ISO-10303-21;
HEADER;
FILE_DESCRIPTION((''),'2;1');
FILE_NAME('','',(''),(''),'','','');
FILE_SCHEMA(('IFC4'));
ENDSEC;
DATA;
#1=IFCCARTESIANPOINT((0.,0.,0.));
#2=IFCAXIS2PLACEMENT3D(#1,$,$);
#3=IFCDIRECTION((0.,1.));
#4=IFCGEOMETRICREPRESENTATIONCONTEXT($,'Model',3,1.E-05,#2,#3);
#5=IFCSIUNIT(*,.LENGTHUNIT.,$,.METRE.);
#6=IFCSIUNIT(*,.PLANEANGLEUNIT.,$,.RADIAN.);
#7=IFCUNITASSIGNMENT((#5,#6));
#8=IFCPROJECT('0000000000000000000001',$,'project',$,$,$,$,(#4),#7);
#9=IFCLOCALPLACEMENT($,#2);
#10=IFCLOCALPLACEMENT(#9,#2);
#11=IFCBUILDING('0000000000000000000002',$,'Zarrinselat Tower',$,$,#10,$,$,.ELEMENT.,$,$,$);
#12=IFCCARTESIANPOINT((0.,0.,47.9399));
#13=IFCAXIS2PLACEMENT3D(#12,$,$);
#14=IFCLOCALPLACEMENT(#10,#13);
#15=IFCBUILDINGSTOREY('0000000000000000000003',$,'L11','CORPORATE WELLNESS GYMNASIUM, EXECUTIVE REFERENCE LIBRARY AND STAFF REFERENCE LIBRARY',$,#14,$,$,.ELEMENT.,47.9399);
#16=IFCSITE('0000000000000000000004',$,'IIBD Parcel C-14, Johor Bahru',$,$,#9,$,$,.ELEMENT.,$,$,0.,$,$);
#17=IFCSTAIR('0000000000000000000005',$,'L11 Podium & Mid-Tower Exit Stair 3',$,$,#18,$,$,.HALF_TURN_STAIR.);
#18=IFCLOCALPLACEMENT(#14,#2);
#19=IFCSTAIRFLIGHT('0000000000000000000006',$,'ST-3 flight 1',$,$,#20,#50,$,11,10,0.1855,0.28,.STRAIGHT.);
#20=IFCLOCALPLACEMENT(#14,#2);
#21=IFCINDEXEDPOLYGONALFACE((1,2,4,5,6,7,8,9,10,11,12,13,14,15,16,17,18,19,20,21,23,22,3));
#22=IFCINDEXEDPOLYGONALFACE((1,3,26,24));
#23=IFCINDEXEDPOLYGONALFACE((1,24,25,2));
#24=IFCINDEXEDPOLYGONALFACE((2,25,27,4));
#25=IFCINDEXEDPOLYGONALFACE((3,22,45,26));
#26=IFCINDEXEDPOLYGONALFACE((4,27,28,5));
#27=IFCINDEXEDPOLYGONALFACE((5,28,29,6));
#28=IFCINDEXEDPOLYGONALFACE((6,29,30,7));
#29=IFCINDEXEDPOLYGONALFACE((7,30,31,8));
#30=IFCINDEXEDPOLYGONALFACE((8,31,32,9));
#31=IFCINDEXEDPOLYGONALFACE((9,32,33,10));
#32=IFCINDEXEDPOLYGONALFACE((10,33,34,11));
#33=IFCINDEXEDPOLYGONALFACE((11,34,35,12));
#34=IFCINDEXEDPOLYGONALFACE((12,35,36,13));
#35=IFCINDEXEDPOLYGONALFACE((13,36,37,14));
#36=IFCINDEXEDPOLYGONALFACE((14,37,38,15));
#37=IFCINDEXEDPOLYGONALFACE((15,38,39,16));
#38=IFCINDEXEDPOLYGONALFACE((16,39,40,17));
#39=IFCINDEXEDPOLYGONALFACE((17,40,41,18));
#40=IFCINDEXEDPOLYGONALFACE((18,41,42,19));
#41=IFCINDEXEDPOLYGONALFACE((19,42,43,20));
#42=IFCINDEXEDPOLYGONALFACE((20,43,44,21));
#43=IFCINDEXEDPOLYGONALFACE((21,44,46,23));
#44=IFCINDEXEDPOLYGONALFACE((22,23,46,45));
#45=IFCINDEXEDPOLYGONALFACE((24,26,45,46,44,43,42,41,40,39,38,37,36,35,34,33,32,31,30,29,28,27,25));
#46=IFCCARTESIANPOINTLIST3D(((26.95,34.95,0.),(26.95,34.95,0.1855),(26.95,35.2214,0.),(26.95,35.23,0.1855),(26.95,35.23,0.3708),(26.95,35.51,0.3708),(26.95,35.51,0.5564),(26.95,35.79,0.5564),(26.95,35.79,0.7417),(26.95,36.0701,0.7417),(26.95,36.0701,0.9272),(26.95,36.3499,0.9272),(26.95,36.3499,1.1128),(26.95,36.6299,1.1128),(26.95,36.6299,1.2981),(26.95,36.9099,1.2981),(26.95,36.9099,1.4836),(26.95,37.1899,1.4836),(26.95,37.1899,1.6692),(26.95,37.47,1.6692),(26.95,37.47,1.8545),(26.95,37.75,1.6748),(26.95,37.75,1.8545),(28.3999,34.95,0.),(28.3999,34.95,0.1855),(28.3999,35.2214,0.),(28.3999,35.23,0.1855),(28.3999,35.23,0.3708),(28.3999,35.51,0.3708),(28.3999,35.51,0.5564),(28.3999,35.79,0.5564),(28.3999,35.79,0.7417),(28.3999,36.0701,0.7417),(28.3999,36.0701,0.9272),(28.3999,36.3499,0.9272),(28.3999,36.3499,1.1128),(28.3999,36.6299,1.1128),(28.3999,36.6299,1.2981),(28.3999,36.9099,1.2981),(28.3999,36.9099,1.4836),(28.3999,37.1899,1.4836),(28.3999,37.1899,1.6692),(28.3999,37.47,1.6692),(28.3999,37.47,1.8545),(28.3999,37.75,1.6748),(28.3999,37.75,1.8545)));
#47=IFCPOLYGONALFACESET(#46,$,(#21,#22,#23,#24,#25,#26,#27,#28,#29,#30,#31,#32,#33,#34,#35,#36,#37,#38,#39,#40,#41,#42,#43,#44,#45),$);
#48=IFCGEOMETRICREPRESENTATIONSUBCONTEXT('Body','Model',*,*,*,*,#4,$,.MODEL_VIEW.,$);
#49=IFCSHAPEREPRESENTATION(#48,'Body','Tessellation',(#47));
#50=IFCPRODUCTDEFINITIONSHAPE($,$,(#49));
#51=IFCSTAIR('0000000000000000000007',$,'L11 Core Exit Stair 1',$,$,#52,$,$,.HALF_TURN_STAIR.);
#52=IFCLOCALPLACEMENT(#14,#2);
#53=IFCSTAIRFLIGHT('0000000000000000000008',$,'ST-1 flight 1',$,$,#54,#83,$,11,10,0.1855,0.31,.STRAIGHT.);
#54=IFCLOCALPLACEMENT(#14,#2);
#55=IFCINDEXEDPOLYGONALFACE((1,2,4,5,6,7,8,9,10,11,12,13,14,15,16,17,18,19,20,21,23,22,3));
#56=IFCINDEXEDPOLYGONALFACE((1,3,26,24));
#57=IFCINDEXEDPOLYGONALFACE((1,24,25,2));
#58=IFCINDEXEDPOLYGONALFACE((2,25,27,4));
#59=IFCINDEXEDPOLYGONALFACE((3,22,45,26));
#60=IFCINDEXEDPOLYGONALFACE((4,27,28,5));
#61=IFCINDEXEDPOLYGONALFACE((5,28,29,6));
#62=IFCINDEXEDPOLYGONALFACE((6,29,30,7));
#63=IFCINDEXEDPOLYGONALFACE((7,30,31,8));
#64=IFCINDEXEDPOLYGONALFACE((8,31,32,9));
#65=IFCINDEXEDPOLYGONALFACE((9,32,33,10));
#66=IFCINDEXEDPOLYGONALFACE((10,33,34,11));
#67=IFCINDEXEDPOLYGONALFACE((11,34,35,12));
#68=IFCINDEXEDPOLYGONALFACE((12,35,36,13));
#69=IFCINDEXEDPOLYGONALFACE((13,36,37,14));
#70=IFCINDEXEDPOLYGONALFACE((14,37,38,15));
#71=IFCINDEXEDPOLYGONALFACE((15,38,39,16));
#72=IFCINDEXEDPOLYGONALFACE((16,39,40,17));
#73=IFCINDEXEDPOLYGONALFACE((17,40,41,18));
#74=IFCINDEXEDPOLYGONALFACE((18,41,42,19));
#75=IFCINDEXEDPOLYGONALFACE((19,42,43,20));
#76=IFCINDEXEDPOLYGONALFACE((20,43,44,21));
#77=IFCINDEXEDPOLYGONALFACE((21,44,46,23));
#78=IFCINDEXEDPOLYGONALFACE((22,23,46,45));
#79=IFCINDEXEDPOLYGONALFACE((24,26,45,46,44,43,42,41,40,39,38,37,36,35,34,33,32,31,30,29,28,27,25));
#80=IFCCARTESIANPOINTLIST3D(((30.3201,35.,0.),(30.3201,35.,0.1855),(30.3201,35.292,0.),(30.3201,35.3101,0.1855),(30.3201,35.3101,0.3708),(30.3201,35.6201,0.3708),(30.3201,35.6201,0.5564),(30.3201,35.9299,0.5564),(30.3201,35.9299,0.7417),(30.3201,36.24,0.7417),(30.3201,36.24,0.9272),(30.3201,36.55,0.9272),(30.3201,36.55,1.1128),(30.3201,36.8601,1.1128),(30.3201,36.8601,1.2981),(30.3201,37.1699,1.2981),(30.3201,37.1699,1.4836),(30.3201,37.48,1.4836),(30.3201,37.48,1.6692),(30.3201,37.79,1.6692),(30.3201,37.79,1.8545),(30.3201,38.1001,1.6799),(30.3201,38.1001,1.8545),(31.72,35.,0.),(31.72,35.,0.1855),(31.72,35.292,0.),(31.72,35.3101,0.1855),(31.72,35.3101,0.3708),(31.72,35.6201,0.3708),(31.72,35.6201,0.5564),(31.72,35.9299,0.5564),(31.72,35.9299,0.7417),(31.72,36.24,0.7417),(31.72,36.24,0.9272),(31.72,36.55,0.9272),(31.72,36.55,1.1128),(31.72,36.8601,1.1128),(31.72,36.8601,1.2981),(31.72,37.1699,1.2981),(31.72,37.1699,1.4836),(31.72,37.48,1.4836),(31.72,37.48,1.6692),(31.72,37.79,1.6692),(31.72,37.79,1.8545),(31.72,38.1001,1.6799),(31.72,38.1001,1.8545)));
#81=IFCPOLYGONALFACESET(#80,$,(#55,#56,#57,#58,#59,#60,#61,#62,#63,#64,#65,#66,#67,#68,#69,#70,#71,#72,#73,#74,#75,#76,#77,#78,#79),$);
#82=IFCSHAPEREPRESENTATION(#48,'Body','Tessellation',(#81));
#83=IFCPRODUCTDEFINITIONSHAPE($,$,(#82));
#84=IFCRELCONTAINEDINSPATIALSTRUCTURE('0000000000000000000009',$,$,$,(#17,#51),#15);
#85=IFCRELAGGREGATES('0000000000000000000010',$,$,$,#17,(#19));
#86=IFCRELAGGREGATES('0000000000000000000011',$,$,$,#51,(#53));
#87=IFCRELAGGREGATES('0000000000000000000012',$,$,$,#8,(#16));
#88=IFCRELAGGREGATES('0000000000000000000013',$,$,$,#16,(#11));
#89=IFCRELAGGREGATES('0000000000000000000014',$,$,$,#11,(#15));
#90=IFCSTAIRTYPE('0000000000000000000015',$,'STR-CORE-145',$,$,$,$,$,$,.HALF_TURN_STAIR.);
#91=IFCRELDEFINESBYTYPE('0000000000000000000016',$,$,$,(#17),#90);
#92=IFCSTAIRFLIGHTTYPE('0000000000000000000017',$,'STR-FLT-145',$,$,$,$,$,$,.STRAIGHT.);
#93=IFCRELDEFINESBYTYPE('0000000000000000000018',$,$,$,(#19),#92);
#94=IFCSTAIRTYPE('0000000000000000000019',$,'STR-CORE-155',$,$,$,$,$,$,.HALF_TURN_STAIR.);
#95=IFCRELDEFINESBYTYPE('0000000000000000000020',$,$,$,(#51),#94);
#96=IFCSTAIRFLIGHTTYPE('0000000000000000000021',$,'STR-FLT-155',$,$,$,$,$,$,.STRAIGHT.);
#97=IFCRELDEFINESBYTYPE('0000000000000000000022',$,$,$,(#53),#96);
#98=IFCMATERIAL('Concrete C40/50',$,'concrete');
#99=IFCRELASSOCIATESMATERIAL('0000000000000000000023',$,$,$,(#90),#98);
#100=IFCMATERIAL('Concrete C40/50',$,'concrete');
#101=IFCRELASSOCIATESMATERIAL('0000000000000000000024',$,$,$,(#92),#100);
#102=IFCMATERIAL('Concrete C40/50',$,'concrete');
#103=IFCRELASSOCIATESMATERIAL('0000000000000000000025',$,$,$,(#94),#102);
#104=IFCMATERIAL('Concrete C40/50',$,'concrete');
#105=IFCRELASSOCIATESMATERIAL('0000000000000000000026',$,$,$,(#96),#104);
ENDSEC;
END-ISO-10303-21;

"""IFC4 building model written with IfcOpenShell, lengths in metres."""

from ifc_helpers import new_model, si_unit, direction, frame, origin, place, context, subcontext, project, spatial, polyline, outline, extrude, material, type_object, element, aggregate, save


model = new_model("IFC4")

# Units and contexts
model_context = context("Model", 3, precision=1e-05, world=origin(), true_north=direction((0.0, 1.0)))
body_context = subcontext(model_context, "Body", "Model", "MODEL_VIEW")
ifc_project = project(units=[si_unit("LENGTHUNIT", "METRE"), si_unit("PLANEANGLEUNIT", "RADIAN")], contexts=[model_context])

# Site, building, storey
site_placement = place(None, origin())
site = spatial("IfcSite", under=ifc_project, at=site_placement, Name="IIBD Parcel C-14, Johor Bahru", CompositionType="ELEMENT", RefElevation=0.0)
building_placement = place(site_placement, origin())
building = spatial("IfcBuilding", under=site, at=building_placement, Name="Zarrinselat Tower", CompositionType="ELEMENT")
storey_placement = place(building_placement, frame((0.0, 0.0, 47.9399)))
storey = spatial("IfcBuildingStorey", under=building, at=storey_placement, Name="L11", Description="CORPORATE WELLNESS GYMNASIUM, EXECUTIVE REFERENCE LIBRARY AND STAFF REFERENCE LIBRARY", CompositionType="ELEMENT", Elevation=47.9399)

# Stairs, stair flights
ifc_material_1 = material(Name="Concrete C40/50", Category="concrete")
stair_type_1 = type_object("IfcStairType", Name="STR-CORE-145", PredefinedType="HALF_TURN_STAIR", material=ifc_material_1)
stair_1_placement = place(storey_placement, origin())
stair_1 = element("IfcStair", 1, at=stair_1_placement, inside=storey, type_object=stair_type_1, Name="L11 Podium & Mid-Tower Exit Stair 3", PredefinedType="HALF_TURN_STAIR")
ifc_material_2 = material(Name="Concrete C40/50", Category="concrete")
stair_flight_type_1 = type_object("IfcStairFlightType", Name="STR-FLT-145", PredefinedType="STRAIGHT", material=ifc_material_2)
stair_flight_1_placement = place(storey_placement, frame((27.675, 34.95, 0.0), z_axis=(0.0, 0.0, 1.0), x_axis=(0.0, 1.0, 0.0)))
stair_flight_1 = element("IfcStairFlight", 2, at=stair_flight_1_placement, type_object=stair_flight_type_1, Name="ST-3 flight 1", NumberOfRisers=11, NumberOfTreads=10, PredefinedType="STRAIGHT", RiserHeight=0.1855, TreadLength=0.28, context=body_context, shape_type="SweptSolid", body=[
    extrude(outline(polyline([(0.0, 0.0), (0.0, 0.1855), (0.28, 0.1855), (0.28, 0.3708), (0.5601, 0.3708), (0.5601, 0.5564), (0.8401, 0.5564), (0.8401, 0.7417), (1.1201, 0.7417), (1.1201, 0.9272), (1.3999, 0.9272), (1.3999, 1.1128), (1.6799, 1.1128), (1.6799, 1.2981), (1.96, 1.2981), (1.96, 1.4836), (2.24, 1.4836), (2.24, 1.6692), (2.52, 1.6692), (2.52, 1.8545), (2.8, 1.8545), (2.8, 2.04), (2.8, 1.6748), (0.2715, 0.0), (0.0, 0.0)])), frame((0.0, 0.7251, 0.0), z_axis=(0.0, -1.0, 0.0), x_axis=(1.0, 0.0, 0.0)), (0.0, 0.0, 1.0), 1.45),
])
aggregate(stair_1, [stair_flight_1])
ifc_material_3 = material(Name="Concrete C40/50", Category="concrete")
stair_type_2 = type_object("IfcStairType", Name="STR-CORE-155", PredefinedType="HALF_TURN_STAIR", material=ifc_material_3)
stair_2_placement = place(storey_placement, origin())
stair_2 = element("IfcStair", 3, at=stair_2_placement, inside=storey, type_object=stair_type_2, Name="L11 Core Exit Stair 1", PredefinedType="HALF_TURN_STAIR")
ifc_material_4 = material(Name="Concrete C40/50", Category="concrete")
stair_flight_type_2 = type_object("IfcStairFlightType", Name="STR-FLT-155", PredefinedType="STRAIGHT", material=ifc_material_4)
stair_flight_2_placement = place(storey_placement, frame((31.02, 35.0, 0.0), z_axis=(0.0, 0.0, 1.0), x_axis=(0.0, 1.0, 0.0)))
stair_flight_2 = element("IfcStairFlight", 4, at=stair_flight_2_placement, type_object=stair_flight_type_2, Name="ST-1 flight 1", NumberOfRisers=11, NumberOfTreads=10, PredefinedType="STRAIGHT", RiserHeight=0.1855, TreadLength=0.31, context=body_context, shape_type="SweptSolid", body=[
    extrude(outline(polyline([(0.0, 0.0), (0.0, 0.1855), (0.3101, 0.1855), (0.3101, 0.3708), (0.6201, 0.3708), (0.6201, 0.5564), (0.9299, 0.5564), (0.9299, 0.7417), (1.24, 0.7417), (1.24, 0.9272), (1.55, 0.9272), (1.55, 1.1128), (1.8601, 1.1128), (1.8601, 1.2981), (2.1699, 1.2981), (2.1699, 1.4836), (2.48, 1.4836), (2.48, 1.6692), (2.79, 1.6692), (2.79, 1.8545), (3.1001, 1.8545), (3.1001, 2.04), (3.1001, 1.6799), (0.292, 0.0), (0.0, 0.0)])), frame((0.0, 0.7, 0.0), z_axis=(0.0, -1.0, 0.0), x_axis=(1.0, 0.0, 0.0)), (0.0, 0.0, 1.0), 1.3999),
])
aggregate(stair_2, [stair_flight_2])

save(model, "model.ifc")
